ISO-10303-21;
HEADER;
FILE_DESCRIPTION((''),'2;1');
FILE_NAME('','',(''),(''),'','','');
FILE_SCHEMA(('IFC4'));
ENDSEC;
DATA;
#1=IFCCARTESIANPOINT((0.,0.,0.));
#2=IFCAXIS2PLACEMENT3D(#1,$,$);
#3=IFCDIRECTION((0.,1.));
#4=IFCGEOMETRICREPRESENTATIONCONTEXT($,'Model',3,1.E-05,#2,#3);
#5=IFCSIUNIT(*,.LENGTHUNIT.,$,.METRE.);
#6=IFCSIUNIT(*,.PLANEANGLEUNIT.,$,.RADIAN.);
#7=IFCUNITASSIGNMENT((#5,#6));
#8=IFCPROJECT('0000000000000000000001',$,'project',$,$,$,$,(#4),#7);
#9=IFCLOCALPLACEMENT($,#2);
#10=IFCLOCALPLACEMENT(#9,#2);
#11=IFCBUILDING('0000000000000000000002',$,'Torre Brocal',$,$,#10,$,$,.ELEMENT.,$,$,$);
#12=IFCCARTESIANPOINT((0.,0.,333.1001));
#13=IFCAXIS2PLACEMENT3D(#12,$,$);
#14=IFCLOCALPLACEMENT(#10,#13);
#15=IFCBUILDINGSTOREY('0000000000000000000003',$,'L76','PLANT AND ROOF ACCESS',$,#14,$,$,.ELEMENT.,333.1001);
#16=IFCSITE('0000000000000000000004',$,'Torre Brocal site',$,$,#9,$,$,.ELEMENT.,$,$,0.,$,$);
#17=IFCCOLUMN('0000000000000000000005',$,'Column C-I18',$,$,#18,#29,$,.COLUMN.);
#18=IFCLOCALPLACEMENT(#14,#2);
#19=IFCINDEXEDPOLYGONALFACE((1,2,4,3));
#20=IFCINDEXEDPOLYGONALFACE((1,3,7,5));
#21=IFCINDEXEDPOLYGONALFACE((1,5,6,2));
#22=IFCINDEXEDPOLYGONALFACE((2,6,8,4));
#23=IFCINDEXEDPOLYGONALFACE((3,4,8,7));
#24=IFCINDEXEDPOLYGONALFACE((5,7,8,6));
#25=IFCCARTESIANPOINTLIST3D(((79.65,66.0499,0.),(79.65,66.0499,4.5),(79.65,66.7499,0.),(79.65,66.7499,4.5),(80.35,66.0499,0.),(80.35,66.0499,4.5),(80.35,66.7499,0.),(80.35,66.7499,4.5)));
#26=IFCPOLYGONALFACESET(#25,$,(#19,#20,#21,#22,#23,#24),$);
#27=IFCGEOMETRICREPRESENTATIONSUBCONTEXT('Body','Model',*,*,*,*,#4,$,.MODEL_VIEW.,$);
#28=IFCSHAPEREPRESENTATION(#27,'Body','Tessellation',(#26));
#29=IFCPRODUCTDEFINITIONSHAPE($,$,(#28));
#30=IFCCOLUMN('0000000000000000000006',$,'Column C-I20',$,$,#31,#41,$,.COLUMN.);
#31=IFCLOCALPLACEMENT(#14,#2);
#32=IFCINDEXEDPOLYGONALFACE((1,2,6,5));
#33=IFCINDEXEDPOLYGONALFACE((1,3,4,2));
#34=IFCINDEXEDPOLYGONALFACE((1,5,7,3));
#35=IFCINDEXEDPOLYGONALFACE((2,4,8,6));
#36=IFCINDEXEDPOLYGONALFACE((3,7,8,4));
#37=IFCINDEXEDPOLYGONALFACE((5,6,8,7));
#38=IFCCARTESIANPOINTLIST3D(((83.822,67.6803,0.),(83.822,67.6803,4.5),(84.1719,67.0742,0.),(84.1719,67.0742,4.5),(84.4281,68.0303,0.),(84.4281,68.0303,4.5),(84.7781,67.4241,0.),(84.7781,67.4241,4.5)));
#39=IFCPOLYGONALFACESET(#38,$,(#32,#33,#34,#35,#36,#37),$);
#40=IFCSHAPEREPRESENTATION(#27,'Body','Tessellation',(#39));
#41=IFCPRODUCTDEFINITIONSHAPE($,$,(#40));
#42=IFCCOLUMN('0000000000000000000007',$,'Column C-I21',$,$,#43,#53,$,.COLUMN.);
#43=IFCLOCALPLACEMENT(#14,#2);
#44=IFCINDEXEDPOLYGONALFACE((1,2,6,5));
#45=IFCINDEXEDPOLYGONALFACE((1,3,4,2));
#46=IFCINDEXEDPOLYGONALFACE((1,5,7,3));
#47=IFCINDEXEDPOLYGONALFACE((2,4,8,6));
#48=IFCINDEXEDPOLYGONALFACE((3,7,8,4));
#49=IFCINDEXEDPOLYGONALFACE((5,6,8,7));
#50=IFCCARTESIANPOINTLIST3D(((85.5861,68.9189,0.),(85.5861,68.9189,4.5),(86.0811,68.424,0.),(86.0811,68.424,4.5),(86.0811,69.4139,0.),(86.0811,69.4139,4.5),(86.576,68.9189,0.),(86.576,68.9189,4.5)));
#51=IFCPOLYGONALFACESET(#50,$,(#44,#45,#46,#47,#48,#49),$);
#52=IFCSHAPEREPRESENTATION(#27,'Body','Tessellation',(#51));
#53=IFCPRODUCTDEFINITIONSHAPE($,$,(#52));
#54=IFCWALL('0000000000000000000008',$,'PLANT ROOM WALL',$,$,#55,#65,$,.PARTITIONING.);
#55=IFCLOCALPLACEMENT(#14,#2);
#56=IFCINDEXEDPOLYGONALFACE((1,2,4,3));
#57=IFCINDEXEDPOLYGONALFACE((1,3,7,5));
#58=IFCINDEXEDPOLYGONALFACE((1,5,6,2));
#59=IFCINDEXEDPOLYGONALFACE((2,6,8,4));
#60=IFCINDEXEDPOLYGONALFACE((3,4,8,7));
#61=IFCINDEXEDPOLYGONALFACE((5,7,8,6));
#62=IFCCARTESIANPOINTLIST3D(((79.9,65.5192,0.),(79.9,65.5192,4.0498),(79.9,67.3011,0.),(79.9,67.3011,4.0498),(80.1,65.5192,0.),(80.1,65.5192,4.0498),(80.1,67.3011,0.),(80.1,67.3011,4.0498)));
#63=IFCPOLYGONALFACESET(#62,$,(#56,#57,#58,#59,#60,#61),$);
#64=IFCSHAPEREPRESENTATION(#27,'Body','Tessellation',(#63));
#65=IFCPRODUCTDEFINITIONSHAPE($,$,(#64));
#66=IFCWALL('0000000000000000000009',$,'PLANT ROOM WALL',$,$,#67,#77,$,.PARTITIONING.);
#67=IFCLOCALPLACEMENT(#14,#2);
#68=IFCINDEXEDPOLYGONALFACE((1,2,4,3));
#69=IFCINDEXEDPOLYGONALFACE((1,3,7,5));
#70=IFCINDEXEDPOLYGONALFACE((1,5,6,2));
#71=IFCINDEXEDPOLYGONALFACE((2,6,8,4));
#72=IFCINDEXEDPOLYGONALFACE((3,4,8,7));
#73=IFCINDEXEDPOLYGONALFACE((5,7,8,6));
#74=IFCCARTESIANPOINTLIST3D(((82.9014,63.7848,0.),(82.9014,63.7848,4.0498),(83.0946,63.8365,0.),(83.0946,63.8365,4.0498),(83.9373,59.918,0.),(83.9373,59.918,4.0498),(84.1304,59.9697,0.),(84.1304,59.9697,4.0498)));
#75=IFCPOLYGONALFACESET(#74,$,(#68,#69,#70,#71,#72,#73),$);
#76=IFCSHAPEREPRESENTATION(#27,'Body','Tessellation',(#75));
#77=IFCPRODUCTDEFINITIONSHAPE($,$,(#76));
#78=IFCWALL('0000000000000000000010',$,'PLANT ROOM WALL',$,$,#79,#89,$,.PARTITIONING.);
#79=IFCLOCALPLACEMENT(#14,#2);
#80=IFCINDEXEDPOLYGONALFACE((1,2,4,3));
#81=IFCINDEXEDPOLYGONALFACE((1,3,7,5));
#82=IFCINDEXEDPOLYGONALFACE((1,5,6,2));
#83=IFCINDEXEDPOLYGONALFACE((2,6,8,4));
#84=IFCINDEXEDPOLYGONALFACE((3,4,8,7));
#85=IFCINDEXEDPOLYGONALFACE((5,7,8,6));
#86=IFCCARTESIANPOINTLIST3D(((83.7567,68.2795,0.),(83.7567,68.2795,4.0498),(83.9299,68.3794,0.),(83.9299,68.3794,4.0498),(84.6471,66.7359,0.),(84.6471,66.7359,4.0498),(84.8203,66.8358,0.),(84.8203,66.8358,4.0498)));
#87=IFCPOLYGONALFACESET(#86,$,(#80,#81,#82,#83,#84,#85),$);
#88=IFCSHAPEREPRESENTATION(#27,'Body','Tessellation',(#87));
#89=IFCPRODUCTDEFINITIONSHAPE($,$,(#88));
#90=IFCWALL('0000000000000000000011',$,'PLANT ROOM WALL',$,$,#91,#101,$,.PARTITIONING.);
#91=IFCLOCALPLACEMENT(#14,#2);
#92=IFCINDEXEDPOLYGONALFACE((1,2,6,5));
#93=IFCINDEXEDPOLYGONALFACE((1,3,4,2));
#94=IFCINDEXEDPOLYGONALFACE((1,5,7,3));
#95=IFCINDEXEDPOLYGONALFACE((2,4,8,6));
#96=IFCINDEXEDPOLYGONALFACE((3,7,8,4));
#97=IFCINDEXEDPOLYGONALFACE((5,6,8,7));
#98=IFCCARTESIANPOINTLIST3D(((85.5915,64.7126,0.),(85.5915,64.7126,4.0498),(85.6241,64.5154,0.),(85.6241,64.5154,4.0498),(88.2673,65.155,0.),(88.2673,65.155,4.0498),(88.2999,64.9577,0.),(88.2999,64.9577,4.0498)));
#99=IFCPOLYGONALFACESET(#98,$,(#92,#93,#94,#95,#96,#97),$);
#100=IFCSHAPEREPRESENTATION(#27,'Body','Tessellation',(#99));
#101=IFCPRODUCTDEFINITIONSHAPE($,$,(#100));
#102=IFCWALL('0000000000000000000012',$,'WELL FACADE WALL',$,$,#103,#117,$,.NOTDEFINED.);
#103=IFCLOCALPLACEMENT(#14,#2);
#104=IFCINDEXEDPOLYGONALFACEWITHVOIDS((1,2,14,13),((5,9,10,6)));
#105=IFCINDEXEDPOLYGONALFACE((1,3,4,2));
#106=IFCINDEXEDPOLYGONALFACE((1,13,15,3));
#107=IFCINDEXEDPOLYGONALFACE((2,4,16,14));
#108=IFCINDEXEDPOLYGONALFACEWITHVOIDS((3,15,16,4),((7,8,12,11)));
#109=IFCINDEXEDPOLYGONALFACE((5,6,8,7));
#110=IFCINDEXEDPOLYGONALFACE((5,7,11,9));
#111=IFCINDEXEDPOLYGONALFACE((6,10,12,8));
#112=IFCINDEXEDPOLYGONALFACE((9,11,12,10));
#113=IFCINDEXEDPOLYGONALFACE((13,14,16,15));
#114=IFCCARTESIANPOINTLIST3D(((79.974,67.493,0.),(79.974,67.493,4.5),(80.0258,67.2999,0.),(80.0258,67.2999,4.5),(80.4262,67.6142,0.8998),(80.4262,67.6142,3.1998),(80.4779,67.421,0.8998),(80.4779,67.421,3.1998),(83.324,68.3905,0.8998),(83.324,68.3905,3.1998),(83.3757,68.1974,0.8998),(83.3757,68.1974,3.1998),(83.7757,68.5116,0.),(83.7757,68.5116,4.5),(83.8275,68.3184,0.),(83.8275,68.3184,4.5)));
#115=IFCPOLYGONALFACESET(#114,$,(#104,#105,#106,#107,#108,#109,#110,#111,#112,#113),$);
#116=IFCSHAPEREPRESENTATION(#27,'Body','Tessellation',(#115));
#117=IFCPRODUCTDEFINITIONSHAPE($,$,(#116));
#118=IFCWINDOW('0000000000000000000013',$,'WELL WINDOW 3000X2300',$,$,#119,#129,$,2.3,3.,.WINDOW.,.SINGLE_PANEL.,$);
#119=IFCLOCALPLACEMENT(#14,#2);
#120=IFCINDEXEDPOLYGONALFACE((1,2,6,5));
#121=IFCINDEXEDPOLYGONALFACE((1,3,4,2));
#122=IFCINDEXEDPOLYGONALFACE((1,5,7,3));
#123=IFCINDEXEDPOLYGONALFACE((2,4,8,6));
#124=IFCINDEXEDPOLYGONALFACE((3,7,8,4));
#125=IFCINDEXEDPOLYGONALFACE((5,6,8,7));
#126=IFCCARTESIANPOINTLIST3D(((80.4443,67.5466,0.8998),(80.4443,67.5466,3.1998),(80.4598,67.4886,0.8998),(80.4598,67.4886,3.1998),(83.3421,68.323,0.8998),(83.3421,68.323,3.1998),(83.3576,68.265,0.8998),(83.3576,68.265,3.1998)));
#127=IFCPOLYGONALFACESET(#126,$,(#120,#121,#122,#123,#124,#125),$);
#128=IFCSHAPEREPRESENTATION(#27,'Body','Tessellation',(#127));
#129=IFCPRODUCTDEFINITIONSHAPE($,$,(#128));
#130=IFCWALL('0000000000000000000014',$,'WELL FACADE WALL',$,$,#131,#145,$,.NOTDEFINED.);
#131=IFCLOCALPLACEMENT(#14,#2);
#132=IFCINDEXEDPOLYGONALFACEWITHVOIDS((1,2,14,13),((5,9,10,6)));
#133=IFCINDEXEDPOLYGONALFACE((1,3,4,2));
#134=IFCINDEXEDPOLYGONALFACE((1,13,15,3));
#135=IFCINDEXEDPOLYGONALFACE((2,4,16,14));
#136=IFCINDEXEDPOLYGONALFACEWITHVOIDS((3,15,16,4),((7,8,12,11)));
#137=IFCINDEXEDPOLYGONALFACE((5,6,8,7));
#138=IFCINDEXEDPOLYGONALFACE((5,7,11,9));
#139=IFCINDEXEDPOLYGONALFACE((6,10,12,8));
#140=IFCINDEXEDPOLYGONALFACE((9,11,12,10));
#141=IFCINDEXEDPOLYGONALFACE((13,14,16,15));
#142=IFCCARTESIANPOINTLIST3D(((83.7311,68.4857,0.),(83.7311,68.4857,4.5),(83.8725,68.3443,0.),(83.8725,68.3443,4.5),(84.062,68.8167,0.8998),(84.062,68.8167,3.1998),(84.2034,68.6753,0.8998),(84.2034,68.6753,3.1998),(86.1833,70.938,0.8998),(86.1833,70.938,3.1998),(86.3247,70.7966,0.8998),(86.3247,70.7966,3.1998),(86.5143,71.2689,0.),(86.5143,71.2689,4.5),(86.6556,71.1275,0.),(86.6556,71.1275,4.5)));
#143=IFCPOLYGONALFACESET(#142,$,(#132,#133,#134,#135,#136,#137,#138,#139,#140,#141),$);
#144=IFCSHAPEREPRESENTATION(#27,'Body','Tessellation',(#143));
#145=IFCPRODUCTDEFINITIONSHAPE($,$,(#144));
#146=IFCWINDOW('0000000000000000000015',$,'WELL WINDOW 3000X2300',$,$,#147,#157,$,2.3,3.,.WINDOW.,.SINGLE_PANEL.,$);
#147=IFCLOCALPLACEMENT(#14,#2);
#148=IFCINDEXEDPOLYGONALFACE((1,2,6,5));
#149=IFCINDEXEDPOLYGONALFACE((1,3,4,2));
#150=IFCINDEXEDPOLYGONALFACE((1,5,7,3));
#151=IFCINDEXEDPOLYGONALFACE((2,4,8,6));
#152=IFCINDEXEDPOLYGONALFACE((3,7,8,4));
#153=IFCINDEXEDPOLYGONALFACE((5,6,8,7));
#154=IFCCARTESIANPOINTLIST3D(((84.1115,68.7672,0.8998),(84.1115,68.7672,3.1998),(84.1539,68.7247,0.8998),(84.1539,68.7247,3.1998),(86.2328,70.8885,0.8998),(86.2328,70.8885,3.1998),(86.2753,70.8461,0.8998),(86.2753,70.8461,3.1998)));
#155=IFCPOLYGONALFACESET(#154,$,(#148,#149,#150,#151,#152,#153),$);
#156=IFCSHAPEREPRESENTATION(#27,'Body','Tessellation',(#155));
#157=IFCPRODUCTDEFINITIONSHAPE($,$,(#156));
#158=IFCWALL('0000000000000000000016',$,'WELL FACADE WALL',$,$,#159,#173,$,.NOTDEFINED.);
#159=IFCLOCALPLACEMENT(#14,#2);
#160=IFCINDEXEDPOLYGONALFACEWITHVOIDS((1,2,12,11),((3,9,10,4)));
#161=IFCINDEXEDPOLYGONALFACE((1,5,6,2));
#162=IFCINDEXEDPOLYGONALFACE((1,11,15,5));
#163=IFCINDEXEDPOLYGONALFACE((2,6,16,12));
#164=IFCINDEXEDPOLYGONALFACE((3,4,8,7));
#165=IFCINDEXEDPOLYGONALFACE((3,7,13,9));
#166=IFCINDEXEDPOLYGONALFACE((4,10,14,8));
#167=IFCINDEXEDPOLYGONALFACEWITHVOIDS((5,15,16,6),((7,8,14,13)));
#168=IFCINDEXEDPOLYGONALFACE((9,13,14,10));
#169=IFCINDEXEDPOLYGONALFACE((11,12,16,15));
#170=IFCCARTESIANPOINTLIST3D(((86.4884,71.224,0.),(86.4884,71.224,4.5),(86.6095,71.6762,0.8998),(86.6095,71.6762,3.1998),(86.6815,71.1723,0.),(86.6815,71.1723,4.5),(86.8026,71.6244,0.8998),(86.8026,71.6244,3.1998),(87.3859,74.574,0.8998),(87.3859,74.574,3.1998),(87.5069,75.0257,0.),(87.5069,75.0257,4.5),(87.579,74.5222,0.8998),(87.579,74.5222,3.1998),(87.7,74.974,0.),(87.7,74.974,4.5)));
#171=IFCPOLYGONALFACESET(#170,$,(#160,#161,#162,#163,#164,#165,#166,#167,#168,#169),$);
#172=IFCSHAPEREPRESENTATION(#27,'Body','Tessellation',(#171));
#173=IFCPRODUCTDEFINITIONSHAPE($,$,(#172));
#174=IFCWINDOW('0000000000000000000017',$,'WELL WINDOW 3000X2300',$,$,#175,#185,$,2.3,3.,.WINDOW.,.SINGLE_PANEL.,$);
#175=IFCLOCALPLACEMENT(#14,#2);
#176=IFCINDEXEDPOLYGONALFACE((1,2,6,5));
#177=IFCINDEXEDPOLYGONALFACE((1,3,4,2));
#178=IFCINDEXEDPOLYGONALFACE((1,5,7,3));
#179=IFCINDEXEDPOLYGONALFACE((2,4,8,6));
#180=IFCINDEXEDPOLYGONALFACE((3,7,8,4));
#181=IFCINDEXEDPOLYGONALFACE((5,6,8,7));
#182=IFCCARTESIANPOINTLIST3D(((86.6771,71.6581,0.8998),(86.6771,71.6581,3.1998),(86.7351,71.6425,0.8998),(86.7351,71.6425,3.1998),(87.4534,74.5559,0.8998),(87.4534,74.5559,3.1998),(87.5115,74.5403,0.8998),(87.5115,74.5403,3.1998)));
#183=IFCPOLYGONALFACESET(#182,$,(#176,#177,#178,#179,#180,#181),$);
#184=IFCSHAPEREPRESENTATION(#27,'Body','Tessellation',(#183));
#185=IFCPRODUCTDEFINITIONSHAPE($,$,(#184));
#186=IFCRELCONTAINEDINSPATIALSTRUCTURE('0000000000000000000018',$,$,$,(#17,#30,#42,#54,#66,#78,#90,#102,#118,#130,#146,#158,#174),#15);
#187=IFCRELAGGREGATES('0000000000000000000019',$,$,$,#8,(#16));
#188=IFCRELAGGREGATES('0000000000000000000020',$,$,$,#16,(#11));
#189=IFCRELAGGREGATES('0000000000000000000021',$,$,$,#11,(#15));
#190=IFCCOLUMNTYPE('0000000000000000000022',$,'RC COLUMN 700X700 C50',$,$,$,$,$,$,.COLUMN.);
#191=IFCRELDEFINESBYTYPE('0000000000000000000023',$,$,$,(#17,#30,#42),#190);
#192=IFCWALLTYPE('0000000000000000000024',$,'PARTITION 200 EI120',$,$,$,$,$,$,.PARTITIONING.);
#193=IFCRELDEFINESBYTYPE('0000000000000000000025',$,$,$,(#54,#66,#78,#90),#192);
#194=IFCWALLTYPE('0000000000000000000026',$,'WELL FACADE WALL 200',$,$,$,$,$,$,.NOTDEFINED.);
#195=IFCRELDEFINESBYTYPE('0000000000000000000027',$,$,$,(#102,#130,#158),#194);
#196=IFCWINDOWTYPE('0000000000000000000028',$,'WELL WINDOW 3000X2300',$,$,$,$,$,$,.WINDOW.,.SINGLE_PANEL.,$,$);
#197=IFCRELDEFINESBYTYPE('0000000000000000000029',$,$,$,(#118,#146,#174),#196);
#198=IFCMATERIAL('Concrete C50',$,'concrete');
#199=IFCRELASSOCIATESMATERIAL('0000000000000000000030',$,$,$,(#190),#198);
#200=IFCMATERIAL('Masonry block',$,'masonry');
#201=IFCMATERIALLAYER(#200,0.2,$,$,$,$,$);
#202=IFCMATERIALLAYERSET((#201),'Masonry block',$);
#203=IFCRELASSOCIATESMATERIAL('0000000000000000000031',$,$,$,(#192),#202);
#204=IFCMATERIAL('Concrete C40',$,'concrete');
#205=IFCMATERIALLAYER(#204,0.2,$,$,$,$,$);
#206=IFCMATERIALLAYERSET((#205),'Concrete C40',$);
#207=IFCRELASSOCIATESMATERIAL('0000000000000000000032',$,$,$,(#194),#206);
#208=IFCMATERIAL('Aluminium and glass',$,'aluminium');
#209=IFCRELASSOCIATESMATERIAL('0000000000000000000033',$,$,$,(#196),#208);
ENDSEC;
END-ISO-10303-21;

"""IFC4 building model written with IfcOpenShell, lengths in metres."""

from ifc_helpers import new_model, si_unit, direction, frame, frame_2d, origin, origin_2d, place, context, subcontext, project, spatial, rectangle, extrude, material, layer, layer_set, material_profile, profile_set, type_object, element, fill, save


model = new_model("IFC4")

# Units and contexts
model_context = context("Model", 3, precision=1e-05, world=origin(), true_north=direction((0.0, 1.0)))
body_context = subcontext(model_context, "Body", "Model", "MODEL_VIEW")
ifc_project = project(units=[si_unit("LENGTHUNIT", "METRE"), si_unit("PLANEANGLEUNIT", "RADIAN")], contexts=[model_context])

# Site, building, storey
site_placement = place(None, origin())
site = spatial("IfcSite", under=ifc_project, at=site_placement, Name="Torre Brocal site", CompositionType="ELEMENT", RefElevation=0.0)
building_placement = place(site_placement, origin())
building = spatial("IfcBuilding", under=site, at=building_placement, Name="Torre Brocal", CompositionType="ELEMENT")
storey_placement = place(building_placement, frame((0.0, 0.0, 333.1001)))
storey = spatial("IfcBuildingStorey", under=building, at=storey_placement, Name="L76", Description="PLANT AND ROOF ACCESS", CompositionType="ELEMENT", Elevation=333.1001)

# Columns
ifc_material_1 = material(Name="Concrete C50", Category="concrete")
ifc_material_profile = material_profile(ifc_material_1, rectangle(XDim=0.7, YDim=0.7, at=origin_2d()), Name="RC 700X700")
ifc_profile_set = profile_set([ifc_material_profile], Name="Concrete C50")
column_type = type_object("IfcColumnType", Name="RC COLUMN 700X700 C50", PredefinedType="COLUMN", material=ifc_profile_set)
for number, where, z_axis, x_axis, name in (
    (1, (80.0, 66.3999, 0.0), (0.0, 0.0, 1.0), (0.0, -1.0, 0.0), "Column C-I18"),
    (2, (84.3, 67.5522, 0.0), (0.0, 0.0, 1.0), (0.5, -0.866025, 0.0), "Column C-I20"),
    (3, (86.0811, 68.9189, 0.0), (0.0, 0.0, 1.0), (0.707107, -0.707107, 0.0), "Column C-I21"),
):
    element("IfcColumn", number, at=place(storey_placement, frame(where, z_axis=z_axis, x_axis=x_axis)), inside=storey, type_object=column_type, Name=name, PredefinedType="COLUMN", context=body_context, shape_type="SweptSolid", body=[
        extrude(rectangle(XDim=0.7, YDim=0.7, at=origin_2d()), origin(), (0.0, 0.0, 1.0), 4.5),
    ])

# Shared definitions
ifc_material_2 = material(Name="Masonry block", Category="masonry")
ifc_layer_1 = layer(ifc_material_2, 0.2)
ifc_layer_set_1 = layer_set([ifc_layer_1], Name="Masonry block")
wall_type_1 = type_object("IfcWallType", Name="PARTITION 200 EI120", PredefinedType="PARTITIONING", material=ifc_layer_set_1)

# Walls
wall_1_placement = place(storey_placement, frame((80.0, 65.519, 0.0), z_axis=(0.0, 0.0, 1.0), x_axis=(0.0, 1.0, 0.0)))
element("IfcWall", 4, at=wall_1_placement, inside=storey, type_object=wall_type_1, Name="PLANT ROOM WALL", PredefinedType="PARTITIONING", context=body_context, shape_type="SweptSolid", body=[
    extrude(rectangle(XDim=1.782, YDim=0.2, at=frame_2d((0.8911, 0.0))), origin(), (0.0, 0.0, 1.0), 4.0498),
])
wall_2_placement = place(storey_placement, frame((82.998, 63.8105, 0.0), z_axis=(0.0, 0.0, 1.0), x_axis=(0.258759, -0.965942, 0.0)))
element("IfcWall", 5, at=wall_2_placement, inside=storey, type_object=wall_type_1, Name="PLANT ROOM WALL", PredefinedType="PARTITIONING", context=body_context, shape_type="SweptSolid", body=[
    extrude(rectangle(XDim=4.0032, YDim=0.2, at=frame_2d((2.0015, 0.0))), origin(), (0.0, 0.0, 1.0), 4.0498),
])
wall_3_placement = place(storey_placement, frame((83.8433, 68.3296, 0.0), z_axis=(0.0, 0.0, 1.0), x_axis=(0.499632, -0.866238, 0.0)))
element("IfcWall", 6, at=wall_3_placement, inside=storey, type_object=wall_type_1, Name="PLANT ROOM WALL", PredefinedType="PARTITIONING", context=body_context, shape_type="SweptSolid", body=[
    extrude(rectangle(XDim=1.782, YDim=0.2, at=frame_2d((0.8911, 0.0))), origin(), (0.0, 0.0, 1.0), 4.0498),
])

# Wall
wall_4_placement = place(storey_placement, frame((85.6079, 64.614, 0.0), z_axis=(0.0, 0.0, 1.0), x_axis=(0.986607, 0.163114, 0.0)))
element("IfcWall", 7, at=wall_4_placement, inside=storey, type_object=wall_type_1, Name="PLANT ROOM WALL", PredefinedType="PARTITIONING", context=body_context, shape_type="SweptSolid", body=[
    extrude(rectangle(XDim=2.7122, YDim=0.2, at=frame_2d((1.356, 0.0))), origin(), (0.0, 0.0, 1.0), 4.0498),
])

# Walls, openings, windows
ifc_material_3 = material(Name="Concrete C40", Category="concrete")
ifc_layer_2 = layer(ifc_material_3, 0.2)
ifc_layer_set_2 = layer_set([ifc_layer_2], Name="Concrete C40")
wall_type_2 = type_object("IfcWallType", Name="WELL FACADE WALL 200", PredefinedType="NOTDEFINED", material=ifc_layer_set_2)
wall_5_placement = place(storey_placement, frame((80.0, 67.3965, 0.0), z_axis=(0.0, 0.0, 1.0), x_axis=(0.965934, 0.25879, 0.0)))
wall_5 = element("IfcWall", 8, at=wall_5_placement, inside=storey, type_object=wall_type_2, Name="WELL FACADE WALL", PredefinedType="NOTDEFINED", context=body_context, shape_type="SweptSolid", body=[
    extrude(rectangle(XDim=3.9358, YDim=0.2, at=frame_2d((1.9678, 0.0))), origin(), (0.0, 0.0, 1.0), 4.5),
])
opening_1_placement = place(wall_5_placement, frame((0.468, 0.0, 0.8999)))
opening_1 = element("IfcOpeningElement", 9, at=opening_1_placement, cuts=wall_5, PredefinedType="OPENING", context=body_context, shape_type="SweptSolid", body=[
    extrude(rectangle(XDim=3.0, YDim=2.3, at=frame_2d((1.5, 1.1499))), frame((0.0, 0.1099, 0.0), z_axis=(0.0, -1.0, 0.0), x_axis=(1.0, 0.0, 0.0)), (0.0, 0.0, 1.0), 0.22),
])
ifc_material_4 = material(Name="Aluminium and glass", Category="aluminium")
window_type = type_object("IfcWindowType", Name="WELL WINDOW 3000X2300", PartitioningType="SINGLE_PANEL", PredefinedType="WINDOW", material=ifc_material_4)
window_1_placement = place(opening_1_placement, origin())
window_1 = element("IfcWindow", 10, at=window_1_placement, inside=storey, type_object=window_type, Name="WELL WINDOW 3000X2300", OverallHeight=2.3, OverallWidth=3.0, PartitioningType="SINGLE_PANEL", PredefinedType="WINDOW", context=body_context, shape_type="SweptSolid", body=[
    extrude(rectangle(XDim=3.0, YDim=2.3, at=frame_2d((1.5, 1.1499))), frame((0.0, 0.03, 0.0), z_axis=(0.0, -1.0, 0.0), x_axis=(1.0, 0.0, 0.0)), (0.0, 0.0, 1.0), 0.0601),
])
fill(opening_1, window_1)
wall_6_placement = place(storey_placement, frame((83.8018, 68.415, 0.0), z_axis=(0.0, 0.0, 1.0), x_axis=(0.707107, 0.707107, 0.0)))
wall_6 = element("IfcWall", 11, at=wall_6_placement, inside=storey, type_object=wall_type_2, Name="WELL FACADE WALL", PredefinedType="NOTDEFINED", context=body_context, shape_type="SweptSolid", body=[
    extrude(rectangle(XDim=3.936, YDim=0.2, at=frame_2d((1.968, 0.0))), origin(), (0.0, 0.0, 1.0), 4.5),
])
opening_2_placement = place(wall_6_placement, frame((0.468, 0.0, 0.8999)))
opening_2 = element("IfcOpeningElement", 12, at=opening_2_placement, cuts=wall_6, PredefinedType="OPENING", context=body_context, shape_type="SweptSolid", body=[
    extrude(rectangle(XDim=3.0, YDim=2.3, at=frame_2d((1.5, 1.1499))), frame((0.0, 0.1099, 0.0), z_axis=(0.0, -1.0, 0.0), x_axis=(1.0, 0.0, 0.0)), (0.0, 0.0, 1.0), 0.22),
])
window_2_placement = place(opening_2_placement, origin())
window_2 = element("IfcWindow", 13, at=window_2_placement, inside=storey, type_object=window_type, Name="WELL WINDOW 3000X2300", OverallHeight=2.3, OverallWidth=3.0, PartitioningType="SINGLE_PANEL", PredefinedType="WINDOW", context=body_context, shape_type="SweptSolid", body=[
    extrude(rectangle(XDim=3.0, YDim=2.3, at=frame_2d((1.5, 1.1499))), frame((0.0, 0.03, 0.0), z_axis=(0.0, -1.0, 0.0), x_axis=(1.0, 0.0, 0.0)), (0.0, 0.0, 1.0), 0.0601),
])
fill(opening_2, window_2)
wall_7_placement = place(storey_placement, frame((86.585, 71.1982, 0.0), z_axis=(0.0, 0.0, 1.0), x_axis=(0.25879, 0.965934, 0.0)))
wall_7 = element("IfcWall", 14, at=wall_7_placement, inside=storey, type_object=wall_type_2, Name="WELL FACADE WALL", PredefinedType="NOTDEFINED", context=body_context, shape_type="SweptSolid", body=[
    extrude(rectangle(XDim=3.9358, YDim=0.2, at=frame_2d((1.9678, 0.0))), origin(), (0.0, 0.0, 1.0), 4.5),
])
opening_3_placement = place(wall_7_placement, frame((0.468, 0.0, 0.8999)))
opening_3 = element("IfcOpeningElement", 15, at=opening_3_placement, cuts=wall_7, PredefinedType="OPENING", context=body_context, shape_type="SweptSolid", body=[
    extrude(rectangle(XDim=3.0, YDim=2.3, at=frame_2d((1.5, 1.1499))), frame((0.0, 0.1099, 0.0), z_axis=(0.0, -1.0, 0.0), x_axis=(1.0, 0.0, 0.0)), (0.0, 0.0, 1.0), 0.22),
])
window_3_placement = place(opening_3_placement, origin())
window_3 = element("IfcWindow", 16, at=window_3_placement, inside=storey, type_object=window_type, Name="WELL WINDOW 3000X2300", OverallHeight=2.3, OverallWidth=3.0, PartitioningType="SINGLE_PANEL", PredefinedType="WINDOW", context=body_context, shape_type="SweptSolid", body=[
    extrude(rectangle(XDim=3.0, YDim=2.3, at=frame_2d((1.5, 1.1499))), frame((0.0, 0.03, 0.0), z_axis=(0.0, -1.0, 0.0), x_axis=(1.0, 0.0, 0.0)), (0.0, 0.0, 1.0), 0.0601),
])
fill(opening_3, window_3)

save(model, "model.ifc")
